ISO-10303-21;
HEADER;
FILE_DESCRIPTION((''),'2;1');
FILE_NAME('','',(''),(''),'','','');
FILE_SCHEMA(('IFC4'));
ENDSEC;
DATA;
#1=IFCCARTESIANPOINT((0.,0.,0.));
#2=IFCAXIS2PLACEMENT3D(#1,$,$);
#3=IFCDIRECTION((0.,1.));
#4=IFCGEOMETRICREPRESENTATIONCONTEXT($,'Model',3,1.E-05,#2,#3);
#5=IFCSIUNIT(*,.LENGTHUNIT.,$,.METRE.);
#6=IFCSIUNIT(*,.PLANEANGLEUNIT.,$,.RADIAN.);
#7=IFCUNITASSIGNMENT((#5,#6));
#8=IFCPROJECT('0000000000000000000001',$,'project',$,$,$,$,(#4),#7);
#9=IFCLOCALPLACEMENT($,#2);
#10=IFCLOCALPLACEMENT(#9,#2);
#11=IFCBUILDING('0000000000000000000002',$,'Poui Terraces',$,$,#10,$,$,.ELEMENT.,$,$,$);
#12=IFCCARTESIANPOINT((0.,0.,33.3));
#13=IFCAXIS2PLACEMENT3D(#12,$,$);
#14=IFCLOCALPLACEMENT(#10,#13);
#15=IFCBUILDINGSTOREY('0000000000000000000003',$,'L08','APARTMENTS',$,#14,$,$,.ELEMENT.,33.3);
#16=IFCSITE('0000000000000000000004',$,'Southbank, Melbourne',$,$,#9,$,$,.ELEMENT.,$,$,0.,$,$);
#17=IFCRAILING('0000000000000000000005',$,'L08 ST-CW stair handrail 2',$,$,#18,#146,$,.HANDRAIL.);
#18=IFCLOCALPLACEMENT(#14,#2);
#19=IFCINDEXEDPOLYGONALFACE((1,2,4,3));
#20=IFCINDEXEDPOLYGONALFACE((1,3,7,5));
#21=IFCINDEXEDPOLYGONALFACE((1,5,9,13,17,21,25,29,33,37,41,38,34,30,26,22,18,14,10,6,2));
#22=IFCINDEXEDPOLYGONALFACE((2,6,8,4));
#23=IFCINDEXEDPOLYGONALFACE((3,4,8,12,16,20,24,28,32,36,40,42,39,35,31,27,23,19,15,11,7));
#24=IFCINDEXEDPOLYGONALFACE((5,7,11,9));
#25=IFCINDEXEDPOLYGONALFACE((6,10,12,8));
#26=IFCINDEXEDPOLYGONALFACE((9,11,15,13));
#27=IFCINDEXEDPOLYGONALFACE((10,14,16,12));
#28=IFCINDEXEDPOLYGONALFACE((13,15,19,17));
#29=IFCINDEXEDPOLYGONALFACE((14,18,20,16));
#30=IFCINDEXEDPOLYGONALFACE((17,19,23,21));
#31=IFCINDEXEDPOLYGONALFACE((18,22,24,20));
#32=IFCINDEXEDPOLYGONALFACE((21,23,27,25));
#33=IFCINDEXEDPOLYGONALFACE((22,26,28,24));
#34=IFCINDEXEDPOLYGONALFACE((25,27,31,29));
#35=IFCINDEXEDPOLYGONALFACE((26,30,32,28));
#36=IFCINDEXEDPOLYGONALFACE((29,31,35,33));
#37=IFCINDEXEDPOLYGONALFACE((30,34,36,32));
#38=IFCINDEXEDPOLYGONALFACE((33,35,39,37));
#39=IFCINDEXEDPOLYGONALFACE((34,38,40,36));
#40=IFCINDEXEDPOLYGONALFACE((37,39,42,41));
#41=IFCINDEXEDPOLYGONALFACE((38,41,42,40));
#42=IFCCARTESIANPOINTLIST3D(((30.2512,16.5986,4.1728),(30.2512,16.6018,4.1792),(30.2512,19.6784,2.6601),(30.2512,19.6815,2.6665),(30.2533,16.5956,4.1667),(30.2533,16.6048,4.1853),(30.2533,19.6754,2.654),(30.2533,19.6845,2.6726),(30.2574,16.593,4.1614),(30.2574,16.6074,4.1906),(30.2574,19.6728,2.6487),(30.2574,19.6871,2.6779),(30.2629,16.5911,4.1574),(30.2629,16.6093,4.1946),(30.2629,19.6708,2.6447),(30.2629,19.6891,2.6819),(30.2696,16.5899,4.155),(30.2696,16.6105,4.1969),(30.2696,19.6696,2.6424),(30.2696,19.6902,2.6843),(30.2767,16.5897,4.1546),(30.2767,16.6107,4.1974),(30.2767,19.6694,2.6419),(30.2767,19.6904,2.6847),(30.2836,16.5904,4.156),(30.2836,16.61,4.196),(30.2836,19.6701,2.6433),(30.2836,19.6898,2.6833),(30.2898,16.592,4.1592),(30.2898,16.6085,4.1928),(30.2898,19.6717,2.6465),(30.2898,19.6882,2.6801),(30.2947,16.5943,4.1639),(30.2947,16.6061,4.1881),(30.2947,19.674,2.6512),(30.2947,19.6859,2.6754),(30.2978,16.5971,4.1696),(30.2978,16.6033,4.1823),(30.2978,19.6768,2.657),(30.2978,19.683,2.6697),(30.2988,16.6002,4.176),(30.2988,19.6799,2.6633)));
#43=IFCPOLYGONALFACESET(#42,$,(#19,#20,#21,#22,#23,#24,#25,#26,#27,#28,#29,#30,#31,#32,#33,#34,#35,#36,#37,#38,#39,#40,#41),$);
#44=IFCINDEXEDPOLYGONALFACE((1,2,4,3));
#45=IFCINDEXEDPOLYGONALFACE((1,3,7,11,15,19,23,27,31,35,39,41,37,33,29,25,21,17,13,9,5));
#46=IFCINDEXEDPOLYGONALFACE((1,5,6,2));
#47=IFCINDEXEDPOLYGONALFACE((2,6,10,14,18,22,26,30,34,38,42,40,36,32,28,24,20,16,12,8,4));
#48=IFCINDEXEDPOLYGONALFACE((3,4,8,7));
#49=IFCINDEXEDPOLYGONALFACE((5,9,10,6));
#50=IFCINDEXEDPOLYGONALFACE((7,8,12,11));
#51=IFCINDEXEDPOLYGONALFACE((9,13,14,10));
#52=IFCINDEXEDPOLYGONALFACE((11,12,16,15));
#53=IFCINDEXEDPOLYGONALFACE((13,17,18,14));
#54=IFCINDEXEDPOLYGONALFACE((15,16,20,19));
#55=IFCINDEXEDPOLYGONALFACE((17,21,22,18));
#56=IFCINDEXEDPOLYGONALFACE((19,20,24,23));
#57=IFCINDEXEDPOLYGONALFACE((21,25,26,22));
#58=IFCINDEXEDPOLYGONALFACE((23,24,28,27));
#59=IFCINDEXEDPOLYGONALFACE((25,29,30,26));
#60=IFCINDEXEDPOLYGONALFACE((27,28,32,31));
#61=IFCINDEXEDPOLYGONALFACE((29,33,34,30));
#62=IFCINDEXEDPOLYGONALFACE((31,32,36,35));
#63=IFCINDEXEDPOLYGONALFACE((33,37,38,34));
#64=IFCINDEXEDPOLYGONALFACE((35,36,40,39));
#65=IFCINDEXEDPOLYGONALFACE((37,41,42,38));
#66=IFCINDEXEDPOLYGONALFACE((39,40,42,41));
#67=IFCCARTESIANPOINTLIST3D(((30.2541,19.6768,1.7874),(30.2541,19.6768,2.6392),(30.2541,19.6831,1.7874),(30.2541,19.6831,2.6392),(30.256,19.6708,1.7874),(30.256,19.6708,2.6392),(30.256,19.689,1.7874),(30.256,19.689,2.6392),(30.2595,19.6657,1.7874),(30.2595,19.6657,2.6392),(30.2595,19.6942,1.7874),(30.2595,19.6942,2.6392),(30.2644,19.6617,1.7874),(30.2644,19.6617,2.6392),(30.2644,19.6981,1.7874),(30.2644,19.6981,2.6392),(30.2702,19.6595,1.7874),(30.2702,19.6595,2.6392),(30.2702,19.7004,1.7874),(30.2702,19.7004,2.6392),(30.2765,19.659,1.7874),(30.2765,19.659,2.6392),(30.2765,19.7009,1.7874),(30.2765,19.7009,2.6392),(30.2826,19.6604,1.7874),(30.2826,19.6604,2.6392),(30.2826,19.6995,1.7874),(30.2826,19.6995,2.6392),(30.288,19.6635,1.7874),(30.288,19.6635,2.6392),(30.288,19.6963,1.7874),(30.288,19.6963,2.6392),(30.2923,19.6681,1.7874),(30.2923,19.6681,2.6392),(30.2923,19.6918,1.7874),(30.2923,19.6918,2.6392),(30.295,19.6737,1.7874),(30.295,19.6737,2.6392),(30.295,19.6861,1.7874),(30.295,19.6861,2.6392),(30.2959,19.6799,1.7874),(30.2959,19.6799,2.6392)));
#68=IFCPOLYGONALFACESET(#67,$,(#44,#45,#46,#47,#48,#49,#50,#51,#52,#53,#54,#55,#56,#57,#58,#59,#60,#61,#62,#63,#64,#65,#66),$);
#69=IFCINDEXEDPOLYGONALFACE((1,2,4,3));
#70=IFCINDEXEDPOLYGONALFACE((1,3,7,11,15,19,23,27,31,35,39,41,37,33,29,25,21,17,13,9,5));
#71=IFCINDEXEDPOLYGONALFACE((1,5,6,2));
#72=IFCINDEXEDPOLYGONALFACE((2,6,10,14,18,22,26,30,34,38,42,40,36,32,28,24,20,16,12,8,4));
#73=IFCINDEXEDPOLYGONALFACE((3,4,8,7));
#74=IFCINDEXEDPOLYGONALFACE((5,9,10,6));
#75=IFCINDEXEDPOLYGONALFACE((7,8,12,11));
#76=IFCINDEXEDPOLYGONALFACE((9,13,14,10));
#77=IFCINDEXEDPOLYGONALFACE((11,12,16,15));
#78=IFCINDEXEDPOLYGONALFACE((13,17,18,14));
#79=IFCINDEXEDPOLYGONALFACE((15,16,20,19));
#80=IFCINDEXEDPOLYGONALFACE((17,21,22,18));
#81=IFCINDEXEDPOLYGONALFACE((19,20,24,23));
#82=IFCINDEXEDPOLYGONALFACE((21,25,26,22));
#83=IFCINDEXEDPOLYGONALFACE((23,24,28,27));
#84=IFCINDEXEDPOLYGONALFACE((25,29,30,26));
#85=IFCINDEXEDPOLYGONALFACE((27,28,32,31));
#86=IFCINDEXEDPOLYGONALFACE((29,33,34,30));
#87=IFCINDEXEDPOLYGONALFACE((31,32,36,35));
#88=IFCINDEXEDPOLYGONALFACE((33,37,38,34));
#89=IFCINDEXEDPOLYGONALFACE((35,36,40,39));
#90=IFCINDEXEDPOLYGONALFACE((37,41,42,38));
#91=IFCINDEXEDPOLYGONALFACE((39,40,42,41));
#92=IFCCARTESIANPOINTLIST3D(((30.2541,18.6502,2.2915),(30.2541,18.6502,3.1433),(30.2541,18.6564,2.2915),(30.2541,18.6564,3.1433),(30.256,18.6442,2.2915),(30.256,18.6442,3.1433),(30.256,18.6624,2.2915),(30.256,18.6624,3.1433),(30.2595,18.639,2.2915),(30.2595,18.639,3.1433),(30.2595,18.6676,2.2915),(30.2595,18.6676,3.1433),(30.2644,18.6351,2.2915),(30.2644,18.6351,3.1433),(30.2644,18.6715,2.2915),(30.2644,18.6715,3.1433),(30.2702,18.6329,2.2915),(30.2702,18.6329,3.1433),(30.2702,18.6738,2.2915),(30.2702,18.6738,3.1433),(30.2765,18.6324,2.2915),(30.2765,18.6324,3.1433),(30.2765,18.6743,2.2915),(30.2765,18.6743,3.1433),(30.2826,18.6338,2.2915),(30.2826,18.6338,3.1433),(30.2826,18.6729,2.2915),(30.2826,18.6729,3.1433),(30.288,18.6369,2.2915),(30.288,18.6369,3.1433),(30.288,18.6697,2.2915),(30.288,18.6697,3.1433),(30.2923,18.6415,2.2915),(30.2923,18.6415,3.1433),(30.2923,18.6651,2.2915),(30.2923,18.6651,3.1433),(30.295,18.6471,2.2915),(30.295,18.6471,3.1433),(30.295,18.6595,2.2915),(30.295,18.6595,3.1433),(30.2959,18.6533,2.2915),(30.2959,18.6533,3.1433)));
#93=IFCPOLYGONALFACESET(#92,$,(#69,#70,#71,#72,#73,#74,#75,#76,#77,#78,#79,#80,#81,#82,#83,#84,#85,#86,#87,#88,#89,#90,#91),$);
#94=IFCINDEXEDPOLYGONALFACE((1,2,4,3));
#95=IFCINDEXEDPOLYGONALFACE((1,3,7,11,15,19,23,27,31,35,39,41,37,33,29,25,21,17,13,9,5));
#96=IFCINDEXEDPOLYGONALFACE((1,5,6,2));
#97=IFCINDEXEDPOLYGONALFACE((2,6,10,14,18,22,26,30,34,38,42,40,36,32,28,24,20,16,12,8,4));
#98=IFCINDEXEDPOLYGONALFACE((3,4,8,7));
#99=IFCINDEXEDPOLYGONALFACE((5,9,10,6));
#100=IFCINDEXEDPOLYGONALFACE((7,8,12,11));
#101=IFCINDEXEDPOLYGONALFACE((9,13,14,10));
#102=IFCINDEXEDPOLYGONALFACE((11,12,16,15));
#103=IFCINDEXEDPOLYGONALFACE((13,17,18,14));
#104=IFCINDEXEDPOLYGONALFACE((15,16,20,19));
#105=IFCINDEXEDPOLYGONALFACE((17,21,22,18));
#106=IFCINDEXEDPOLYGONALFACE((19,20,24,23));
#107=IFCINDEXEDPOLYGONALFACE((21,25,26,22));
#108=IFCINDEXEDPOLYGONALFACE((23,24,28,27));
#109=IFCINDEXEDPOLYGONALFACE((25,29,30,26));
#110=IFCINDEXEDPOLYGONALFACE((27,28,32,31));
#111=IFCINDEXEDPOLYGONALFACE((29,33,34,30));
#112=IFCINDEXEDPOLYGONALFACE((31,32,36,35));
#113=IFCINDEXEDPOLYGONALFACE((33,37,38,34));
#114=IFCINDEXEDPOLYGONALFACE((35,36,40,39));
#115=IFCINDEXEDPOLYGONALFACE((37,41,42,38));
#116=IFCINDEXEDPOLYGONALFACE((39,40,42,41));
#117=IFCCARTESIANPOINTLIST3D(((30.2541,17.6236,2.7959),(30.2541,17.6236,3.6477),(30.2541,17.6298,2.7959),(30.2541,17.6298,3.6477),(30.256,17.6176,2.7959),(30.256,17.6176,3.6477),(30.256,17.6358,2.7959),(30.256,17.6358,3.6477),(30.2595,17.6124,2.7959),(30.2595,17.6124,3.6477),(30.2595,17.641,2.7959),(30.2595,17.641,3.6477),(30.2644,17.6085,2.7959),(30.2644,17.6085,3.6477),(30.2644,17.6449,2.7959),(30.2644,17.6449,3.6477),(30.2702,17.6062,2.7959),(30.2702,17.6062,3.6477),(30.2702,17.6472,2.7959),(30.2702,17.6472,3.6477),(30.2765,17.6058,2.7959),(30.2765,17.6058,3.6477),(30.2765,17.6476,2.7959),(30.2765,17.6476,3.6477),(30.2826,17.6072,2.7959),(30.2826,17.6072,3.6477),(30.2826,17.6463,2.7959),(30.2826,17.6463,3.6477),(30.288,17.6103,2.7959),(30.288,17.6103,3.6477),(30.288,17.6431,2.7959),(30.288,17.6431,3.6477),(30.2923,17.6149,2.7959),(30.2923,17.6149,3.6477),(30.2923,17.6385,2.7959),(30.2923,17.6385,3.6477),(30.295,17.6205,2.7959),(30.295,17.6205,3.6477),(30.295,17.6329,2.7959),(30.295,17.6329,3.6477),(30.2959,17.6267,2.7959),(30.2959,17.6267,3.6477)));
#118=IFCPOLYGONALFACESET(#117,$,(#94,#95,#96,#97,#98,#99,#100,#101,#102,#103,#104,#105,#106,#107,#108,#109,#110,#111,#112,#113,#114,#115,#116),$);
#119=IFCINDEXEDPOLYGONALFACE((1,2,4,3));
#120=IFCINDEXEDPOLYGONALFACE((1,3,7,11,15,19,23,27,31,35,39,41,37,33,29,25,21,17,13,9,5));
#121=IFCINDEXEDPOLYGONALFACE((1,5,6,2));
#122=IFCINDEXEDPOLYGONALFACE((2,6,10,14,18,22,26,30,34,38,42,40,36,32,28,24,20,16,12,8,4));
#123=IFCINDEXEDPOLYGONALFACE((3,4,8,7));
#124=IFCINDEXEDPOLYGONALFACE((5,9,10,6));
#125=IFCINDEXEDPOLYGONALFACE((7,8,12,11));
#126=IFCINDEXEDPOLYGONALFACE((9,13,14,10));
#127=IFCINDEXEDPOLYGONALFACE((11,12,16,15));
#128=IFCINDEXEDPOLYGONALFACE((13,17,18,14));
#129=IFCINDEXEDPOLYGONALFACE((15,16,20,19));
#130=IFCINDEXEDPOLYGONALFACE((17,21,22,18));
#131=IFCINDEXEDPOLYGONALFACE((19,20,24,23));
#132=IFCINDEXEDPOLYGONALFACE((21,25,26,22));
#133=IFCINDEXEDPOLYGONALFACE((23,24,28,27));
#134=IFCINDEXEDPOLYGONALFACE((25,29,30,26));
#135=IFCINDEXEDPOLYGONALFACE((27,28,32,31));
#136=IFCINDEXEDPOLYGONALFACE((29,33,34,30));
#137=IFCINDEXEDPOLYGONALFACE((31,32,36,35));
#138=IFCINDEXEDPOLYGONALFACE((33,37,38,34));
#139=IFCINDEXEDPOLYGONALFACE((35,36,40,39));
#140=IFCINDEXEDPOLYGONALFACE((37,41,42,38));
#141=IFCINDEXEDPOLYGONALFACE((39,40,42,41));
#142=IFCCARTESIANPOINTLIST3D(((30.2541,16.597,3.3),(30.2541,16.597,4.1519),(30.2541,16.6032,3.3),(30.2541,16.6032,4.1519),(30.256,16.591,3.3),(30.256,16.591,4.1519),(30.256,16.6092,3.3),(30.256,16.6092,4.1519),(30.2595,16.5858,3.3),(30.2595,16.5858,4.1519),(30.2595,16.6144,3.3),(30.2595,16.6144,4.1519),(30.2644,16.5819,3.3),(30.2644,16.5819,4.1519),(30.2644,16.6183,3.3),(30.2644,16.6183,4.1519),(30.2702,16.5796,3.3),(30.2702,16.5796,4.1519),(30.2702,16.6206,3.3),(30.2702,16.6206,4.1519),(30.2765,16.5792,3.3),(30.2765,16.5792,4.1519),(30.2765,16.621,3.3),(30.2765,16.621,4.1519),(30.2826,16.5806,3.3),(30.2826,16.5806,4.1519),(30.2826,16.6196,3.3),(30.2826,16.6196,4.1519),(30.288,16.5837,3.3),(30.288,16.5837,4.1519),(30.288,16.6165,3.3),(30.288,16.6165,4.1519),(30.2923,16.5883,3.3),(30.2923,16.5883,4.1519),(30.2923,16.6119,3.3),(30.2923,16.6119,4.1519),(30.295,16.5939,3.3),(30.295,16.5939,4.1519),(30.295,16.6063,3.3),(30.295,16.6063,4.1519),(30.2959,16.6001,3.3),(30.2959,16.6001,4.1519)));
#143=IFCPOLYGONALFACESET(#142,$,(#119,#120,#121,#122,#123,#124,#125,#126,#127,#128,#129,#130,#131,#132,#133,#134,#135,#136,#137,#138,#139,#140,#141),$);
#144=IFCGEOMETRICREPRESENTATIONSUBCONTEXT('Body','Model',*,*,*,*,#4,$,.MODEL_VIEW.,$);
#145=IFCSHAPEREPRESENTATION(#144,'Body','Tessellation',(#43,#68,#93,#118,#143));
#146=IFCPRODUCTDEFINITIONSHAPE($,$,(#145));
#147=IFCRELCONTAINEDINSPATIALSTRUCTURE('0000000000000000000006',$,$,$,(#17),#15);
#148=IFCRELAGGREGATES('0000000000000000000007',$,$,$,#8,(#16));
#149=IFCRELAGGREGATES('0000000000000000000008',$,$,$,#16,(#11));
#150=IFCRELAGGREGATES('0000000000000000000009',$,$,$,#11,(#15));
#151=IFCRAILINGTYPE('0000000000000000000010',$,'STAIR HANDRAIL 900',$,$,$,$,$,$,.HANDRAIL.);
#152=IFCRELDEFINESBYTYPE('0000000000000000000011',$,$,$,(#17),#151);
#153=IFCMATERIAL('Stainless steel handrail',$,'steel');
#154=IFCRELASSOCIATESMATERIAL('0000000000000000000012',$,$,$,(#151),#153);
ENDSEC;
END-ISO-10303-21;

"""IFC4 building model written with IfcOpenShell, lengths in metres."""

from ifc_helpers import new_model, si_unit, direction, frame, origin, origin_2d, place, context, subcontext, project, spatial, circle, extrude, material, type_object, element, save


model = new_model("IFC4")

# Units and contexts
model_context = context("Model", 3, precision=1e-05, world=origin(), true_north=direction((0.0, 1.0)))
body_context = subcontext(model_context, "Body", "Model", "MODEL_VIEW")
ifc_project = project(units=[si_unit("LENGTHUNIT", "METRE"), si_unit("PLANEANGLEUNIT", "RADIAN")], contexts=[model_context])

# Site, building, storey
site_placement = place(None, origin())
site = spatial("IfcSite", under=ifc_project, at=site_placement, Name="Southbank, Melbourne", CompositionType="ELEMENT", RefElevation=0.0)
building_placement = place(site_placement, origin())
building = spatial("IfcBuilding", under=site, at=building_placement, Name="Poui Terraces", CompositionType="ELEMENT")
storey_placement = place(building_placement, frame((0.0, 0.0, 33.3)))
storey = spatial("IfcBuildingStorey", under=building, at=storey_placement, Name="L08", Description="APARTMENTS", CompositionType="ELEMENT", Elevation=33.3)

# Railing
ifc_material_1 = material(Name="Stainless steel handrail", Category="steel")
railing_type_1 = type_object("IfcRailingType", Name="STAIR HANDRAIL 900", PredefinedType="HANDRAIL", material=ifc_material_1)
railing_1_placement = place(storey_placement, frame((30.2749, 19.6799, 1.7874)))
element("IfcRailing", 1, at=railing_1_placement, inside=storey, type_object=railing_type_1, Name="L08 ST-CW stair handrail 2", PredefinedType="HANDRAIL", context=body_context, shape_type="SweptSolid", body=[
    extrude(circle(Radius=0.0239, at=origin_2d()), frame((0.0, 0.0, 0.876), z_axis=(0.0, -0.897578, 0.440856), x_axis=(1.0, 0.0, 0.0)), (0.0, 0.0, 1.0), 3.4312),
    extrude(circle(Radius=0.021, at=origin_2d()), origin(), (0.0, 0.0, 1.0), 0.8518),
    extrude(circle(Radius=0.021, at=origin_2d()), frame((0.0, -1.0266, 0.5042)), (0.0, 0.0, 1.0), 0.8518),
    extrude(circle(Radius=0.021, at=origin_2d()), frame((0.0, -2.0532, 1.0085)), (0.0, 0.0, 1.0), 0.8518),
    extrude(circle(Radius=0.021, at=origin_2d()), frame((0.0, -3.0798, 1.5127)), (0.0, 0.0, 1.0), 0.8518),
])

save(model, "model.ifc")
